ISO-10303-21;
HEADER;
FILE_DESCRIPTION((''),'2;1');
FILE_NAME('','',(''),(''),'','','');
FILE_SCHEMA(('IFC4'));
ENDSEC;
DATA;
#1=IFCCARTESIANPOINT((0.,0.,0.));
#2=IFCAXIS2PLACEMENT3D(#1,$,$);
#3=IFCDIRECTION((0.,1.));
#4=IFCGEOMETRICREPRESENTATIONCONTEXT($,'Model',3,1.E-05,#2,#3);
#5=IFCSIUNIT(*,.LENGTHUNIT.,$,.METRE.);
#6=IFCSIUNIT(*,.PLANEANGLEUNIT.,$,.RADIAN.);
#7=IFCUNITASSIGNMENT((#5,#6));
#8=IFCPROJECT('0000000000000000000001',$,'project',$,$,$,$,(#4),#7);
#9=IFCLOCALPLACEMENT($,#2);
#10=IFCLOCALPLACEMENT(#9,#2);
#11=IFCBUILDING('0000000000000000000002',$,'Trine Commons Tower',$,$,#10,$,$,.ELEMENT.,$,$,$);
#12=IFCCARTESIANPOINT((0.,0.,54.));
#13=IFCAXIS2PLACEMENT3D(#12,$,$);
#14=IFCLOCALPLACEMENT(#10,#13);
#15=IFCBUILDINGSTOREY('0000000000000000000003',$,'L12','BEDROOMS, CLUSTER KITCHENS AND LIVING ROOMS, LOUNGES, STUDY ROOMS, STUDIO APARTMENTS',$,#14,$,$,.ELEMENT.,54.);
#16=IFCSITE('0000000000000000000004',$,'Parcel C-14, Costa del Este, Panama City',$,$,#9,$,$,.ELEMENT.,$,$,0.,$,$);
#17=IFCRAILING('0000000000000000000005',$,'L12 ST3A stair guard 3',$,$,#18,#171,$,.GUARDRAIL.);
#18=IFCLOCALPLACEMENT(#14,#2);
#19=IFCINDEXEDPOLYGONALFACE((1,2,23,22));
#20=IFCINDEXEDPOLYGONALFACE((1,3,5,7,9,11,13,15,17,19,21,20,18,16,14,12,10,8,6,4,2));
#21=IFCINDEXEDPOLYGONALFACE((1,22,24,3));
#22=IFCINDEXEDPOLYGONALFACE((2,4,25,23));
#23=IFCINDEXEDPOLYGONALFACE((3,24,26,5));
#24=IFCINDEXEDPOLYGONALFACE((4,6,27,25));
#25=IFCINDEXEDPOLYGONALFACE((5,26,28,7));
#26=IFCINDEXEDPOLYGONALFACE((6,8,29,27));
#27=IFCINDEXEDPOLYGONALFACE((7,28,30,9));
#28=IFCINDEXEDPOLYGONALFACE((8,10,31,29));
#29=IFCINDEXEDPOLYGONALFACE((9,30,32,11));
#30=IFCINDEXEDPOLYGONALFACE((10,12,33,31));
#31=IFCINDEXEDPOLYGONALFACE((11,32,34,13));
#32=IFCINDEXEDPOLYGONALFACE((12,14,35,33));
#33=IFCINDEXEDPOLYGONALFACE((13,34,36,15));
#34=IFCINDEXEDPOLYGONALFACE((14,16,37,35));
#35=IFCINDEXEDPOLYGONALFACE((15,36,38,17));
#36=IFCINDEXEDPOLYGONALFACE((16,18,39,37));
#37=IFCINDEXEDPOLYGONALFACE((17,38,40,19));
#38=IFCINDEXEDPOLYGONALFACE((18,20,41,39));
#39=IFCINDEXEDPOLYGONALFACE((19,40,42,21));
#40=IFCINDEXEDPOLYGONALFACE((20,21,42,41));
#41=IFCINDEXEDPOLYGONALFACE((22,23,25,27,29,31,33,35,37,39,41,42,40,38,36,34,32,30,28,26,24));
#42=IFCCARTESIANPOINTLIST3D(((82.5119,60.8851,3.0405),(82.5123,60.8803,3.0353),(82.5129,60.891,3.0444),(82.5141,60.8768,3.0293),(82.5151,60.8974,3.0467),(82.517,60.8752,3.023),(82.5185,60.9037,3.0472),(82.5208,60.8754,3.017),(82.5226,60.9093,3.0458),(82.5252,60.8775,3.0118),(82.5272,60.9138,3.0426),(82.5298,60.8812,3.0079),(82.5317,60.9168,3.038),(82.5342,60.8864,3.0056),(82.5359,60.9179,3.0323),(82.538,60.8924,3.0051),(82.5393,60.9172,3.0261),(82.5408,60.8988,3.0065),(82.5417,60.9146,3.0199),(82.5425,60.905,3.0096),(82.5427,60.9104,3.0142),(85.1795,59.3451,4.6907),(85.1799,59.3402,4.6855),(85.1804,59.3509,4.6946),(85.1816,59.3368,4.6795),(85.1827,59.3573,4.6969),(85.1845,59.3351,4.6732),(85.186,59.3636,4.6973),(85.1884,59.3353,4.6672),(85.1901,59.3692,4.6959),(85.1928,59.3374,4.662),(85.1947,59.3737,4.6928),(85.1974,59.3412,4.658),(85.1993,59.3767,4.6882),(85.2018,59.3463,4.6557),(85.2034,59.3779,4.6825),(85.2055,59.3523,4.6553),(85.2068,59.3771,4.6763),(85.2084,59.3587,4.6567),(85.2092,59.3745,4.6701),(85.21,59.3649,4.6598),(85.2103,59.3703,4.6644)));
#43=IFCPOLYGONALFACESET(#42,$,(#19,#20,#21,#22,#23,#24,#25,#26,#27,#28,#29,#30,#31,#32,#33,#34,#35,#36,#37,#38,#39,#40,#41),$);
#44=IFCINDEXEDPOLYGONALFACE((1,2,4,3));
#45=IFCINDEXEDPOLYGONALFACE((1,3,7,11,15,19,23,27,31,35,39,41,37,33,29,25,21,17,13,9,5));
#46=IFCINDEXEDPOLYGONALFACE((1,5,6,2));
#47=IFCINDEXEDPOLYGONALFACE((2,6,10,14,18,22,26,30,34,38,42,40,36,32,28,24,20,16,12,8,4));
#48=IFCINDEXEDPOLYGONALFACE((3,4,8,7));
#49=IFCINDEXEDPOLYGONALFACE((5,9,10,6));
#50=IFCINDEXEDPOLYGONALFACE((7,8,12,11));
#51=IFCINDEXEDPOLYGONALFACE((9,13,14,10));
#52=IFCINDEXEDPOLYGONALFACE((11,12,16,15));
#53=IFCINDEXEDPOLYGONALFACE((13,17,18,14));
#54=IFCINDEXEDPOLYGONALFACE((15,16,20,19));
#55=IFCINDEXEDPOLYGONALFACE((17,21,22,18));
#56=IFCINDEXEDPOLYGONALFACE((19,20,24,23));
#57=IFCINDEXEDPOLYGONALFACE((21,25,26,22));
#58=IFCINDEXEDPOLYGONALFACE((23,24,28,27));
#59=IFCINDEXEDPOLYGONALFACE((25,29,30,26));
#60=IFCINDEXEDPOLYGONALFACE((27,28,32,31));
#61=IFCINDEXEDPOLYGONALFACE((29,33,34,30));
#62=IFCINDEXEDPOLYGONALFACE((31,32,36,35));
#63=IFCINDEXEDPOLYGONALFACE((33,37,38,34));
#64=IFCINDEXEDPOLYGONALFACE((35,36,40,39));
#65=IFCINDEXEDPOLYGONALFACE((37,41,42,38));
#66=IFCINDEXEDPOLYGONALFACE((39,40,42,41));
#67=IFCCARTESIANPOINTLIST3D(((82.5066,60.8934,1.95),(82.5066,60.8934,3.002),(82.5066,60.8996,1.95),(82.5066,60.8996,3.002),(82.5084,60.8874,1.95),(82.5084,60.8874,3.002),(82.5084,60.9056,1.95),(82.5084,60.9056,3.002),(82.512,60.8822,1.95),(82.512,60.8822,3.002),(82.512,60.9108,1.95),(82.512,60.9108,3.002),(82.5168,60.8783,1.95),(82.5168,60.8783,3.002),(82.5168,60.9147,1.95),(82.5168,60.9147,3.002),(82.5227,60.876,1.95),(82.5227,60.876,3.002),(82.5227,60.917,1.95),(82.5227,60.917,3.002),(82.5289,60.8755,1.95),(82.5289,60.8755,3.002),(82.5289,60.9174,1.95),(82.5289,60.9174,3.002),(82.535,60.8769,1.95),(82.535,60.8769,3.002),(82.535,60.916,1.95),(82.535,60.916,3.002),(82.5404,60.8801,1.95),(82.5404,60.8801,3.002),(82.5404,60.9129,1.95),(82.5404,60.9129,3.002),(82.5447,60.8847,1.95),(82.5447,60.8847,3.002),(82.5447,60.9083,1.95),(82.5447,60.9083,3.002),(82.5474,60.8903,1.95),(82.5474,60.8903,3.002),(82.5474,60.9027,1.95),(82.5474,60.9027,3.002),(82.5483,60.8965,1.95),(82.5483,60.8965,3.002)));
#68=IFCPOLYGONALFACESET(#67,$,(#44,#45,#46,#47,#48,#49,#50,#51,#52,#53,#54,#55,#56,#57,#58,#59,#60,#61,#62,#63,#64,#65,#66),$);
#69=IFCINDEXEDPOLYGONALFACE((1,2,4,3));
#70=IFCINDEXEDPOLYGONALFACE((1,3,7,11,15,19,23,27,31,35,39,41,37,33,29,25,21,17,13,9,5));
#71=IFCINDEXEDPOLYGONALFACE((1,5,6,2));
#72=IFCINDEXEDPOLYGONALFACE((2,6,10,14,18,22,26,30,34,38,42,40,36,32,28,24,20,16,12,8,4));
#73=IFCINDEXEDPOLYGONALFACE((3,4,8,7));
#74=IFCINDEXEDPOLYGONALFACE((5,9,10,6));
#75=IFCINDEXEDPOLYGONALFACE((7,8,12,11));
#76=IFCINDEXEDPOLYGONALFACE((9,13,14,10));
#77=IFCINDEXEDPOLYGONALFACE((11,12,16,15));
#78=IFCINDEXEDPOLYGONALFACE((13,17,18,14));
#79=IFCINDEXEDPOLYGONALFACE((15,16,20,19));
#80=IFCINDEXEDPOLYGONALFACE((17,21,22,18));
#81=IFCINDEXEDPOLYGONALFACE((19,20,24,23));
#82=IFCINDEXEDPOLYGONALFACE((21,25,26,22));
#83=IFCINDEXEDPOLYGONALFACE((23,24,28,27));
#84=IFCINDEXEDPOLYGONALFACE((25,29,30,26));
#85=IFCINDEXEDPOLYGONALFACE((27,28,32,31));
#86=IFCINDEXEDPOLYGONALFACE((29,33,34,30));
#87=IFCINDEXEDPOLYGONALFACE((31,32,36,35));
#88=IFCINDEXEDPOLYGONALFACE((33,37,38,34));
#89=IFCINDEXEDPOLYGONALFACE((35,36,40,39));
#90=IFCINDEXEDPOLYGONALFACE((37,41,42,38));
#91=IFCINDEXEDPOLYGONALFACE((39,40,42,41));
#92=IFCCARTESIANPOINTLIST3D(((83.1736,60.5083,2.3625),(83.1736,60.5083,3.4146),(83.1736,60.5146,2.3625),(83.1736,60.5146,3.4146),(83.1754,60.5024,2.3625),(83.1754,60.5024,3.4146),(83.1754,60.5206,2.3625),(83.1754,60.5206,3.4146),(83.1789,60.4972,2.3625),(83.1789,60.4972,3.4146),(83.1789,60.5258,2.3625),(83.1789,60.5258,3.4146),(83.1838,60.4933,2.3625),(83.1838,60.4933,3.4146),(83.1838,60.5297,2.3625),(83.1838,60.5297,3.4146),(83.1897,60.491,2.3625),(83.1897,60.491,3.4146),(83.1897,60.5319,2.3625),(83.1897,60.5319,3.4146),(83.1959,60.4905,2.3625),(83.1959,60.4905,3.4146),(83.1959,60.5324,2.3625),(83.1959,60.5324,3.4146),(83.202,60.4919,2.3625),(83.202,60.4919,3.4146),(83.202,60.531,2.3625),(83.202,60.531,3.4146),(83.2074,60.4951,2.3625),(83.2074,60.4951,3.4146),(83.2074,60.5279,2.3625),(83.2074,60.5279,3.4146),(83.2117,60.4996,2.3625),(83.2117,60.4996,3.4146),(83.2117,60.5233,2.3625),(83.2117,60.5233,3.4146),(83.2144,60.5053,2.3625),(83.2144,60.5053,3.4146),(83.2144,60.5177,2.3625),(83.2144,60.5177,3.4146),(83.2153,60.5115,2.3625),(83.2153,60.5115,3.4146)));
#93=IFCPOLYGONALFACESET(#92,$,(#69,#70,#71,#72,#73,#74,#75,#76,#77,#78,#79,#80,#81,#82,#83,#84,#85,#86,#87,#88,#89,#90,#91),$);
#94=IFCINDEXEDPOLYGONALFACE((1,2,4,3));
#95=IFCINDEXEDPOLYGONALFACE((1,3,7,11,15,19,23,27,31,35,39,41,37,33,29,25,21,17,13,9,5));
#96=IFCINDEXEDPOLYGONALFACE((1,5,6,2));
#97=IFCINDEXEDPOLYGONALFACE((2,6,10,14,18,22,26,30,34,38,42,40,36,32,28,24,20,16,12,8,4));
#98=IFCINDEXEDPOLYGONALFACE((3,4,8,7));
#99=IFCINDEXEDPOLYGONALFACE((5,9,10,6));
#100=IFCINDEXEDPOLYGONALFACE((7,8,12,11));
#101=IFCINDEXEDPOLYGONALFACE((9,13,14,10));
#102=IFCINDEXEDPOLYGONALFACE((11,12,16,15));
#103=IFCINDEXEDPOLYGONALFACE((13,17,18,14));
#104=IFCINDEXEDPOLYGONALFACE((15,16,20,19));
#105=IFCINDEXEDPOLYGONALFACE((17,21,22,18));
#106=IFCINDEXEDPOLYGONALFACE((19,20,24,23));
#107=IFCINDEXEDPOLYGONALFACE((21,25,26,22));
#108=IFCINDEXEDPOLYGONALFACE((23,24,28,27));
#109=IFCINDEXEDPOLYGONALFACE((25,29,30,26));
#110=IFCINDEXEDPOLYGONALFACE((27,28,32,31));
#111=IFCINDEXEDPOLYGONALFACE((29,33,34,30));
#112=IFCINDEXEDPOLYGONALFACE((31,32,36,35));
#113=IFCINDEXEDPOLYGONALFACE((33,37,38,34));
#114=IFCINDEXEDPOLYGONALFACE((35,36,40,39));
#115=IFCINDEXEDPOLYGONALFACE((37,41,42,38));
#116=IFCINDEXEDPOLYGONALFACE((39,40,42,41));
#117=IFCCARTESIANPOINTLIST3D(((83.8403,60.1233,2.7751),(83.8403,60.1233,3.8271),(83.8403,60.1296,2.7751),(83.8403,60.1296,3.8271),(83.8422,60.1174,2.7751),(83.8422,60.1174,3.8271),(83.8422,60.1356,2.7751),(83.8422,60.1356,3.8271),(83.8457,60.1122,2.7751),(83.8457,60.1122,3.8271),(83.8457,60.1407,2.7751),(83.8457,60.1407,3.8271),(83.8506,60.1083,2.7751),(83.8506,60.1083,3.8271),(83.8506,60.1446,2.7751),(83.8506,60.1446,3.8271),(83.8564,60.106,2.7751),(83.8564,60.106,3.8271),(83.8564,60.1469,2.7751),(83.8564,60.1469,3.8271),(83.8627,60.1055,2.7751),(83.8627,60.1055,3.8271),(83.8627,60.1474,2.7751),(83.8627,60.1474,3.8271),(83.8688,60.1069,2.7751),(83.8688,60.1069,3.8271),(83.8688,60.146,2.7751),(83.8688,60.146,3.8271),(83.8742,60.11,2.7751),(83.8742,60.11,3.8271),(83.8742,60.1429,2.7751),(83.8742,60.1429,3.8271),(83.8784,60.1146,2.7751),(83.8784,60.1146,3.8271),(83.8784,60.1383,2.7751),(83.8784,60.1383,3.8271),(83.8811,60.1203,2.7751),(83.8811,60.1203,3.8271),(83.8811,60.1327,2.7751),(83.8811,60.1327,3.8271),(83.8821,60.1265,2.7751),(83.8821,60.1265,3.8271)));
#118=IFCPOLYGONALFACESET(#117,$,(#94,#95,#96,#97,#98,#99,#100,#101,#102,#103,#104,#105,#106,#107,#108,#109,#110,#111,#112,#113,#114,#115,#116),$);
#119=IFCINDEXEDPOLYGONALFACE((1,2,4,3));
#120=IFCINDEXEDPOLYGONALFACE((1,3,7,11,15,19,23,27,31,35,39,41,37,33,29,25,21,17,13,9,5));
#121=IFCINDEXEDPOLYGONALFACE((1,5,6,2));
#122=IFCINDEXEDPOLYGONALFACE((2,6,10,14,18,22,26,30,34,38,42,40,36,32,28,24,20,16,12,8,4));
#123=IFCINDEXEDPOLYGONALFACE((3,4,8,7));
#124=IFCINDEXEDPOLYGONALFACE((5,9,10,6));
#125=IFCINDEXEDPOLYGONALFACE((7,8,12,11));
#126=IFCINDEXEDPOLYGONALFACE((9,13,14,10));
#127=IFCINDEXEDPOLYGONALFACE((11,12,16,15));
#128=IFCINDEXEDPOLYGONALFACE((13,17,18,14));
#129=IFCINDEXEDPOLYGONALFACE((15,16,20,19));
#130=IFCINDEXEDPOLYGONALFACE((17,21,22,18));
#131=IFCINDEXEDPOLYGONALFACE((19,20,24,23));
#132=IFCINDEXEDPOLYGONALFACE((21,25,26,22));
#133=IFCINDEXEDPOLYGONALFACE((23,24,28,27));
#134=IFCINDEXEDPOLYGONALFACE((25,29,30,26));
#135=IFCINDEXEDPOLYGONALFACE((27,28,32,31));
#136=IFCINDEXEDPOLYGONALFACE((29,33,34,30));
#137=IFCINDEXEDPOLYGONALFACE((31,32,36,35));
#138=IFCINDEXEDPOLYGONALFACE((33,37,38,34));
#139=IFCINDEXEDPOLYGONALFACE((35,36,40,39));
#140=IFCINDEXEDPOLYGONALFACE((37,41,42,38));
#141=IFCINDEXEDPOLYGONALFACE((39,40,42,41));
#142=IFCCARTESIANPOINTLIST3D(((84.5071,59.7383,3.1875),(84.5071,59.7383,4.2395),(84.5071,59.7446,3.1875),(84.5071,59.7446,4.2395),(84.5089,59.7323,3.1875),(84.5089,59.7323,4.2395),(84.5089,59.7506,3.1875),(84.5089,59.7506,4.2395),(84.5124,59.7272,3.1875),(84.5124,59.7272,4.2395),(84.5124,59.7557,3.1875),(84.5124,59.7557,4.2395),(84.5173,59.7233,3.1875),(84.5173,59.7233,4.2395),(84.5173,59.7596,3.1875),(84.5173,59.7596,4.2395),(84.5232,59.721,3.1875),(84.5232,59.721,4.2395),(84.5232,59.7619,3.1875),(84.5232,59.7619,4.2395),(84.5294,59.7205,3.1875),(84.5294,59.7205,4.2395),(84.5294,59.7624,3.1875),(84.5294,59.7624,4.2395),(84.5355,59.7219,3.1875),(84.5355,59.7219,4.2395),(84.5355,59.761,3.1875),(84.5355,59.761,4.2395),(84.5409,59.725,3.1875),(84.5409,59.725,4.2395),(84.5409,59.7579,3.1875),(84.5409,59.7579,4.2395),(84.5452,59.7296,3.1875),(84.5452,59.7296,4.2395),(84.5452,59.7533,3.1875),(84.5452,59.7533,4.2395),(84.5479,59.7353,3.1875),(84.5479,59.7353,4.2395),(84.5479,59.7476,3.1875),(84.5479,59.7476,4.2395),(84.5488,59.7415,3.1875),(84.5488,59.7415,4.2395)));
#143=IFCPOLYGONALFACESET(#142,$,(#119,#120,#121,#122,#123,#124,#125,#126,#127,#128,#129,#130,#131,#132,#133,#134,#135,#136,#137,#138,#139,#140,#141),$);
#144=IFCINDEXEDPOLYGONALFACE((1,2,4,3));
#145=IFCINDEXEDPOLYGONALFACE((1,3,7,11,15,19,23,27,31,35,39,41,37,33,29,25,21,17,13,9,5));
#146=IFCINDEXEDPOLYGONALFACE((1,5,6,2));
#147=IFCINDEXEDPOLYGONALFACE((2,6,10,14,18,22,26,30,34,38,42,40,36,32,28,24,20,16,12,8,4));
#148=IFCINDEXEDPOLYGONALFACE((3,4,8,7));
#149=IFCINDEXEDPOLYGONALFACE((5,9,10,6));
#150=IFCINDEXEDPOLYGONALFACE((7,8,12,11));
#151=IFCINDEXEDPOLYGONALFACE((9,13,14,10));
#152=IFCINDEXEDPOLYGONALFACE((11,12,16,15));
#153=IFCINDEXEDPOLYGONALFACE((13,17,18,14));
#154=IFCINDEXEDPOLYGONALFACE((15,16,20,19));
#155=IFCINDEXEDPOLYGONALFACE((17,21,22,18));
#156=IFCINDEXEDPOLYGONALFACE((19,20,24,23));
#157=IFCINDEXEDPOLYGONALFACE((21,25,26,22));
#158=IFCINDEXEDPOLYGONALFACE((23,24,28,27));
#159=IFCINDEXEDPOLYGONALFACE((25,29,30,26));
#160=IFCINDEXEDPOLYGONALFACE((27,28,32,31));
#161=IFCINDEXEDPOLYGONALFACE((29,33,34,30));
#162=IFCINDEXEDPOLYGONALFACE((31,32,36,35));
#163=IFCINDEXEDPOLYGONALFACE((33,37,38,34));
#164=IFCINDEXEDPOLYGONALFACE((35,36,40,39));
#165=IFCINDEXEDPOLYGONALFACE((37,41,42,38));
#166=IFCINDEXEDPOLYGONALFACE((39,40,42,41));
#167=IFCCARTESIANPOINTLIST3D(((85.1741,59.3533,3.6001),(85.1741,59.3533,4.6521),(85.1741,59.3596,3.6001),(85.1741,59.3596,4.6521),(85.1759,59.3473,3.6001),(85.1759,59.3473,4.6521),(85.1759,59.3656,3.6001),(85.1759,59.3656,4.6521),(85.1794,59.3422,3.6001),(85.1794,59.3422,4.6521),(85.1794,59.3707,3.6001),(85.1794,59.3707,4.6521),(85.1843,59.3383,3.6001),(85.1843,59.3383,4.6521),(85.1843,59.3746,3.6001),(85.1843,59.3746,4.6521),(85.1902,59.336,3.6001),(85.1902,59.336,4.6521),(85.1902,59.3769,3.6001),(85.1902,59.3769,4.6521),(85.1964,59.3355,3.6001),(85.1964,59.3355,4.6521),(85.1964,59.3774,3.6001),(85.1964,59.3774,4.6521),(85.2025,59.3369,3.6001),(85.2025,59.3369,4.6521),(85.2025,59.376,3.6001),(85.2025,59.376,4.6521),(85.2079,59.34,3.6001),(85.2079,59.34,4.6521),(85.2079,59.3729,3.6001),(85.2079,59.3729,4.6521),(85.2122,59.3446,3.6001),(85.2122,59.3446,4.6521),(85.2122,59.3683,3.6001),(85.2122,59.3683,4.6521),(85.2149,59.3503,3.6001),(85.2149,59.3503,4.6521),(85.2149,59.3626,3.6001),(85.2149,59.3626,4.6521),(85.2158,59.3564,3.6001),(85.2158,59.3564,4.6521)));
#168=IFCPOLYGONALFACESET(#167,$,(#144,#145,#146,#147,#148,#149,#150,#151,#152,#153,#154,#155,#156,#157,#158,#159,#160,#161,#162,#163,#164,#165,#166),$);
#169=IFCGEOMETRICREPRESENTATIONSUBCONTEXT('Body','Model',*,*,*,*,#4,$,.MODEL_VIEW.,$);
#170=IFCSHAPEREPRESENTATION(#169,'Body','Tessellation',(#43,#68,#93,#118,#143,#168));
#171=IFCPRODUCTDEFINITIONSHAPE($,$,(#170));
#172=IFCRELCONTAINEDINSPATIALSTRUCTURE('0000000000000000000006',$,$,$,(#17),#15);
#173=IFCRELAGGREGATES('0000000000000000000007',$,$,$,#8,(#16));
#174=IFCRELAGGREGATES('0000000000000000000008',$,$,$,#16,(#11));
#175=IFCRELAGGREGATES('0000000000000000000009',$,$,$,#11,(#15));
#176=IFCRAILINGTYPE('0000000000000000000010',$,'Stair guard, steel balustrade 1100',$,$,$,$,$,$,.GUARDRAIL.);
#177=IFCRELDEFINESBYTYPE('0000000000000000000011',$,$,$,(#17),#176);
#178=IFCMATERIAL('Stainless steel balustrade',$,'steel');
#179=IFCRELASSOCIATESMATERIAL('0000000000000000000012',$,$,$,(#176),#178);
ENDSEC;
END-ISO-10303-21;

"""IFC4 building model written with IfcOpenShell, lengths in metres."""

from ifc_helpers import new_model, si_unit, direction, frame, origin, origin_2d, place, context, subcontext, project, spatial, circle, extrude, material, type_object, element, save


model = new_model("IFC4")

# Units and contexts
model_context = context("Model", 3, precision=1e-05, world=origin(), true_north=direction((0.0, 1.0)))
body_context = subcontext(model_context, "Body", "Model", "MODEL_VIEW")
ifc_project = project(units=[si_unit("LENGTHUNIT", "METRE"), si_unit("PLANEANGLEUNIT", "RADIAN")], contexts=[model_context])

# Site, building, storey
site_placement = place(None, origin())
site = spatial("IfcSite", under=ifc_project, at=site_placement, Name="Parcel C-14, Costa del Este, Panama City", CompositionType="ELEMENT", RefElevation=0.0)
building_placement = place(site_placement, origin())
building = spatial("IfcBuilding", under=site, at=building_placement, Name="Trine Commons Tower", CompositionType="ELEMENT")
storey_placement = place(building_placement, frame((0.0, 0.0, 54.0)))
storey = spatial("IfcBuildingStorey", under=building, at=storey_placement, Name="L12", Description="BEDROOMS, CLUSTER KITCHENS AND LIVING ROOMS, LOUNGES, STUDY ROOMS, STUDIO APARTMENTS", CompositionType="ELEMENT", Elevation=54.0)

# Railing
ifc_material_1 = material(Name="Stainless steel balustrade", Category="steel")
railing_type = type_object("IfcRailingType", Name="Stair guard, steel balustrade 1100", PredefinedType="GUARDRAIL", material=ifc_material_1)
railing_1_placement = place(storey_placement, frame((82.5273, 60.8965, 1.95)))
element("IfcRailing", 1, at=railing_1_placement, inside=storey, type_object=railing_type, Name="L12 ST3A stair guard 3", PredefinedType="GUARDRAIL", context=body_context, shape_type="SweptSolid", body=[
    extrude(circle(Radius=0.0239, at=origin_2d()), frame((0.0, 0.0, 1.0762), z_axis=(0.76338, -0.440728, 0.472239), x_axis=(0.499992, 0.86603, 0.0)), (0.0, 0.0, 1.0), 3.4944),
    extrude(circle(Radius=0.021, at=origin_2d()), origin(), (0.0, 0.0, 1.0), 1.052),
    extrude(circle(Radius=0.021, at=origin_2d()), frame((0.667, -0.385, 0.4126)), (0.0, 0.0, 1.0), 1.052),
    extrude(circle(Radius=0.021, at=origin_2d()), frame((1.3337, -0.77, 0.8252)), (0.0, 0.0, 1.0), 1.052),
    extrude(circle(Radius=0.021, at=origin_2d()), frame((2.0005, -1.155, 1.2375)), (0.0, 0.0, 1.0), 1.052),
    extrude(circle(Radius=0.021, at=origin_2d()), frame((2.6675, -1.54, 1.6501)), (0.0, 0.0, 1.0), 1.052),
])

save(model, "model.ifc")
